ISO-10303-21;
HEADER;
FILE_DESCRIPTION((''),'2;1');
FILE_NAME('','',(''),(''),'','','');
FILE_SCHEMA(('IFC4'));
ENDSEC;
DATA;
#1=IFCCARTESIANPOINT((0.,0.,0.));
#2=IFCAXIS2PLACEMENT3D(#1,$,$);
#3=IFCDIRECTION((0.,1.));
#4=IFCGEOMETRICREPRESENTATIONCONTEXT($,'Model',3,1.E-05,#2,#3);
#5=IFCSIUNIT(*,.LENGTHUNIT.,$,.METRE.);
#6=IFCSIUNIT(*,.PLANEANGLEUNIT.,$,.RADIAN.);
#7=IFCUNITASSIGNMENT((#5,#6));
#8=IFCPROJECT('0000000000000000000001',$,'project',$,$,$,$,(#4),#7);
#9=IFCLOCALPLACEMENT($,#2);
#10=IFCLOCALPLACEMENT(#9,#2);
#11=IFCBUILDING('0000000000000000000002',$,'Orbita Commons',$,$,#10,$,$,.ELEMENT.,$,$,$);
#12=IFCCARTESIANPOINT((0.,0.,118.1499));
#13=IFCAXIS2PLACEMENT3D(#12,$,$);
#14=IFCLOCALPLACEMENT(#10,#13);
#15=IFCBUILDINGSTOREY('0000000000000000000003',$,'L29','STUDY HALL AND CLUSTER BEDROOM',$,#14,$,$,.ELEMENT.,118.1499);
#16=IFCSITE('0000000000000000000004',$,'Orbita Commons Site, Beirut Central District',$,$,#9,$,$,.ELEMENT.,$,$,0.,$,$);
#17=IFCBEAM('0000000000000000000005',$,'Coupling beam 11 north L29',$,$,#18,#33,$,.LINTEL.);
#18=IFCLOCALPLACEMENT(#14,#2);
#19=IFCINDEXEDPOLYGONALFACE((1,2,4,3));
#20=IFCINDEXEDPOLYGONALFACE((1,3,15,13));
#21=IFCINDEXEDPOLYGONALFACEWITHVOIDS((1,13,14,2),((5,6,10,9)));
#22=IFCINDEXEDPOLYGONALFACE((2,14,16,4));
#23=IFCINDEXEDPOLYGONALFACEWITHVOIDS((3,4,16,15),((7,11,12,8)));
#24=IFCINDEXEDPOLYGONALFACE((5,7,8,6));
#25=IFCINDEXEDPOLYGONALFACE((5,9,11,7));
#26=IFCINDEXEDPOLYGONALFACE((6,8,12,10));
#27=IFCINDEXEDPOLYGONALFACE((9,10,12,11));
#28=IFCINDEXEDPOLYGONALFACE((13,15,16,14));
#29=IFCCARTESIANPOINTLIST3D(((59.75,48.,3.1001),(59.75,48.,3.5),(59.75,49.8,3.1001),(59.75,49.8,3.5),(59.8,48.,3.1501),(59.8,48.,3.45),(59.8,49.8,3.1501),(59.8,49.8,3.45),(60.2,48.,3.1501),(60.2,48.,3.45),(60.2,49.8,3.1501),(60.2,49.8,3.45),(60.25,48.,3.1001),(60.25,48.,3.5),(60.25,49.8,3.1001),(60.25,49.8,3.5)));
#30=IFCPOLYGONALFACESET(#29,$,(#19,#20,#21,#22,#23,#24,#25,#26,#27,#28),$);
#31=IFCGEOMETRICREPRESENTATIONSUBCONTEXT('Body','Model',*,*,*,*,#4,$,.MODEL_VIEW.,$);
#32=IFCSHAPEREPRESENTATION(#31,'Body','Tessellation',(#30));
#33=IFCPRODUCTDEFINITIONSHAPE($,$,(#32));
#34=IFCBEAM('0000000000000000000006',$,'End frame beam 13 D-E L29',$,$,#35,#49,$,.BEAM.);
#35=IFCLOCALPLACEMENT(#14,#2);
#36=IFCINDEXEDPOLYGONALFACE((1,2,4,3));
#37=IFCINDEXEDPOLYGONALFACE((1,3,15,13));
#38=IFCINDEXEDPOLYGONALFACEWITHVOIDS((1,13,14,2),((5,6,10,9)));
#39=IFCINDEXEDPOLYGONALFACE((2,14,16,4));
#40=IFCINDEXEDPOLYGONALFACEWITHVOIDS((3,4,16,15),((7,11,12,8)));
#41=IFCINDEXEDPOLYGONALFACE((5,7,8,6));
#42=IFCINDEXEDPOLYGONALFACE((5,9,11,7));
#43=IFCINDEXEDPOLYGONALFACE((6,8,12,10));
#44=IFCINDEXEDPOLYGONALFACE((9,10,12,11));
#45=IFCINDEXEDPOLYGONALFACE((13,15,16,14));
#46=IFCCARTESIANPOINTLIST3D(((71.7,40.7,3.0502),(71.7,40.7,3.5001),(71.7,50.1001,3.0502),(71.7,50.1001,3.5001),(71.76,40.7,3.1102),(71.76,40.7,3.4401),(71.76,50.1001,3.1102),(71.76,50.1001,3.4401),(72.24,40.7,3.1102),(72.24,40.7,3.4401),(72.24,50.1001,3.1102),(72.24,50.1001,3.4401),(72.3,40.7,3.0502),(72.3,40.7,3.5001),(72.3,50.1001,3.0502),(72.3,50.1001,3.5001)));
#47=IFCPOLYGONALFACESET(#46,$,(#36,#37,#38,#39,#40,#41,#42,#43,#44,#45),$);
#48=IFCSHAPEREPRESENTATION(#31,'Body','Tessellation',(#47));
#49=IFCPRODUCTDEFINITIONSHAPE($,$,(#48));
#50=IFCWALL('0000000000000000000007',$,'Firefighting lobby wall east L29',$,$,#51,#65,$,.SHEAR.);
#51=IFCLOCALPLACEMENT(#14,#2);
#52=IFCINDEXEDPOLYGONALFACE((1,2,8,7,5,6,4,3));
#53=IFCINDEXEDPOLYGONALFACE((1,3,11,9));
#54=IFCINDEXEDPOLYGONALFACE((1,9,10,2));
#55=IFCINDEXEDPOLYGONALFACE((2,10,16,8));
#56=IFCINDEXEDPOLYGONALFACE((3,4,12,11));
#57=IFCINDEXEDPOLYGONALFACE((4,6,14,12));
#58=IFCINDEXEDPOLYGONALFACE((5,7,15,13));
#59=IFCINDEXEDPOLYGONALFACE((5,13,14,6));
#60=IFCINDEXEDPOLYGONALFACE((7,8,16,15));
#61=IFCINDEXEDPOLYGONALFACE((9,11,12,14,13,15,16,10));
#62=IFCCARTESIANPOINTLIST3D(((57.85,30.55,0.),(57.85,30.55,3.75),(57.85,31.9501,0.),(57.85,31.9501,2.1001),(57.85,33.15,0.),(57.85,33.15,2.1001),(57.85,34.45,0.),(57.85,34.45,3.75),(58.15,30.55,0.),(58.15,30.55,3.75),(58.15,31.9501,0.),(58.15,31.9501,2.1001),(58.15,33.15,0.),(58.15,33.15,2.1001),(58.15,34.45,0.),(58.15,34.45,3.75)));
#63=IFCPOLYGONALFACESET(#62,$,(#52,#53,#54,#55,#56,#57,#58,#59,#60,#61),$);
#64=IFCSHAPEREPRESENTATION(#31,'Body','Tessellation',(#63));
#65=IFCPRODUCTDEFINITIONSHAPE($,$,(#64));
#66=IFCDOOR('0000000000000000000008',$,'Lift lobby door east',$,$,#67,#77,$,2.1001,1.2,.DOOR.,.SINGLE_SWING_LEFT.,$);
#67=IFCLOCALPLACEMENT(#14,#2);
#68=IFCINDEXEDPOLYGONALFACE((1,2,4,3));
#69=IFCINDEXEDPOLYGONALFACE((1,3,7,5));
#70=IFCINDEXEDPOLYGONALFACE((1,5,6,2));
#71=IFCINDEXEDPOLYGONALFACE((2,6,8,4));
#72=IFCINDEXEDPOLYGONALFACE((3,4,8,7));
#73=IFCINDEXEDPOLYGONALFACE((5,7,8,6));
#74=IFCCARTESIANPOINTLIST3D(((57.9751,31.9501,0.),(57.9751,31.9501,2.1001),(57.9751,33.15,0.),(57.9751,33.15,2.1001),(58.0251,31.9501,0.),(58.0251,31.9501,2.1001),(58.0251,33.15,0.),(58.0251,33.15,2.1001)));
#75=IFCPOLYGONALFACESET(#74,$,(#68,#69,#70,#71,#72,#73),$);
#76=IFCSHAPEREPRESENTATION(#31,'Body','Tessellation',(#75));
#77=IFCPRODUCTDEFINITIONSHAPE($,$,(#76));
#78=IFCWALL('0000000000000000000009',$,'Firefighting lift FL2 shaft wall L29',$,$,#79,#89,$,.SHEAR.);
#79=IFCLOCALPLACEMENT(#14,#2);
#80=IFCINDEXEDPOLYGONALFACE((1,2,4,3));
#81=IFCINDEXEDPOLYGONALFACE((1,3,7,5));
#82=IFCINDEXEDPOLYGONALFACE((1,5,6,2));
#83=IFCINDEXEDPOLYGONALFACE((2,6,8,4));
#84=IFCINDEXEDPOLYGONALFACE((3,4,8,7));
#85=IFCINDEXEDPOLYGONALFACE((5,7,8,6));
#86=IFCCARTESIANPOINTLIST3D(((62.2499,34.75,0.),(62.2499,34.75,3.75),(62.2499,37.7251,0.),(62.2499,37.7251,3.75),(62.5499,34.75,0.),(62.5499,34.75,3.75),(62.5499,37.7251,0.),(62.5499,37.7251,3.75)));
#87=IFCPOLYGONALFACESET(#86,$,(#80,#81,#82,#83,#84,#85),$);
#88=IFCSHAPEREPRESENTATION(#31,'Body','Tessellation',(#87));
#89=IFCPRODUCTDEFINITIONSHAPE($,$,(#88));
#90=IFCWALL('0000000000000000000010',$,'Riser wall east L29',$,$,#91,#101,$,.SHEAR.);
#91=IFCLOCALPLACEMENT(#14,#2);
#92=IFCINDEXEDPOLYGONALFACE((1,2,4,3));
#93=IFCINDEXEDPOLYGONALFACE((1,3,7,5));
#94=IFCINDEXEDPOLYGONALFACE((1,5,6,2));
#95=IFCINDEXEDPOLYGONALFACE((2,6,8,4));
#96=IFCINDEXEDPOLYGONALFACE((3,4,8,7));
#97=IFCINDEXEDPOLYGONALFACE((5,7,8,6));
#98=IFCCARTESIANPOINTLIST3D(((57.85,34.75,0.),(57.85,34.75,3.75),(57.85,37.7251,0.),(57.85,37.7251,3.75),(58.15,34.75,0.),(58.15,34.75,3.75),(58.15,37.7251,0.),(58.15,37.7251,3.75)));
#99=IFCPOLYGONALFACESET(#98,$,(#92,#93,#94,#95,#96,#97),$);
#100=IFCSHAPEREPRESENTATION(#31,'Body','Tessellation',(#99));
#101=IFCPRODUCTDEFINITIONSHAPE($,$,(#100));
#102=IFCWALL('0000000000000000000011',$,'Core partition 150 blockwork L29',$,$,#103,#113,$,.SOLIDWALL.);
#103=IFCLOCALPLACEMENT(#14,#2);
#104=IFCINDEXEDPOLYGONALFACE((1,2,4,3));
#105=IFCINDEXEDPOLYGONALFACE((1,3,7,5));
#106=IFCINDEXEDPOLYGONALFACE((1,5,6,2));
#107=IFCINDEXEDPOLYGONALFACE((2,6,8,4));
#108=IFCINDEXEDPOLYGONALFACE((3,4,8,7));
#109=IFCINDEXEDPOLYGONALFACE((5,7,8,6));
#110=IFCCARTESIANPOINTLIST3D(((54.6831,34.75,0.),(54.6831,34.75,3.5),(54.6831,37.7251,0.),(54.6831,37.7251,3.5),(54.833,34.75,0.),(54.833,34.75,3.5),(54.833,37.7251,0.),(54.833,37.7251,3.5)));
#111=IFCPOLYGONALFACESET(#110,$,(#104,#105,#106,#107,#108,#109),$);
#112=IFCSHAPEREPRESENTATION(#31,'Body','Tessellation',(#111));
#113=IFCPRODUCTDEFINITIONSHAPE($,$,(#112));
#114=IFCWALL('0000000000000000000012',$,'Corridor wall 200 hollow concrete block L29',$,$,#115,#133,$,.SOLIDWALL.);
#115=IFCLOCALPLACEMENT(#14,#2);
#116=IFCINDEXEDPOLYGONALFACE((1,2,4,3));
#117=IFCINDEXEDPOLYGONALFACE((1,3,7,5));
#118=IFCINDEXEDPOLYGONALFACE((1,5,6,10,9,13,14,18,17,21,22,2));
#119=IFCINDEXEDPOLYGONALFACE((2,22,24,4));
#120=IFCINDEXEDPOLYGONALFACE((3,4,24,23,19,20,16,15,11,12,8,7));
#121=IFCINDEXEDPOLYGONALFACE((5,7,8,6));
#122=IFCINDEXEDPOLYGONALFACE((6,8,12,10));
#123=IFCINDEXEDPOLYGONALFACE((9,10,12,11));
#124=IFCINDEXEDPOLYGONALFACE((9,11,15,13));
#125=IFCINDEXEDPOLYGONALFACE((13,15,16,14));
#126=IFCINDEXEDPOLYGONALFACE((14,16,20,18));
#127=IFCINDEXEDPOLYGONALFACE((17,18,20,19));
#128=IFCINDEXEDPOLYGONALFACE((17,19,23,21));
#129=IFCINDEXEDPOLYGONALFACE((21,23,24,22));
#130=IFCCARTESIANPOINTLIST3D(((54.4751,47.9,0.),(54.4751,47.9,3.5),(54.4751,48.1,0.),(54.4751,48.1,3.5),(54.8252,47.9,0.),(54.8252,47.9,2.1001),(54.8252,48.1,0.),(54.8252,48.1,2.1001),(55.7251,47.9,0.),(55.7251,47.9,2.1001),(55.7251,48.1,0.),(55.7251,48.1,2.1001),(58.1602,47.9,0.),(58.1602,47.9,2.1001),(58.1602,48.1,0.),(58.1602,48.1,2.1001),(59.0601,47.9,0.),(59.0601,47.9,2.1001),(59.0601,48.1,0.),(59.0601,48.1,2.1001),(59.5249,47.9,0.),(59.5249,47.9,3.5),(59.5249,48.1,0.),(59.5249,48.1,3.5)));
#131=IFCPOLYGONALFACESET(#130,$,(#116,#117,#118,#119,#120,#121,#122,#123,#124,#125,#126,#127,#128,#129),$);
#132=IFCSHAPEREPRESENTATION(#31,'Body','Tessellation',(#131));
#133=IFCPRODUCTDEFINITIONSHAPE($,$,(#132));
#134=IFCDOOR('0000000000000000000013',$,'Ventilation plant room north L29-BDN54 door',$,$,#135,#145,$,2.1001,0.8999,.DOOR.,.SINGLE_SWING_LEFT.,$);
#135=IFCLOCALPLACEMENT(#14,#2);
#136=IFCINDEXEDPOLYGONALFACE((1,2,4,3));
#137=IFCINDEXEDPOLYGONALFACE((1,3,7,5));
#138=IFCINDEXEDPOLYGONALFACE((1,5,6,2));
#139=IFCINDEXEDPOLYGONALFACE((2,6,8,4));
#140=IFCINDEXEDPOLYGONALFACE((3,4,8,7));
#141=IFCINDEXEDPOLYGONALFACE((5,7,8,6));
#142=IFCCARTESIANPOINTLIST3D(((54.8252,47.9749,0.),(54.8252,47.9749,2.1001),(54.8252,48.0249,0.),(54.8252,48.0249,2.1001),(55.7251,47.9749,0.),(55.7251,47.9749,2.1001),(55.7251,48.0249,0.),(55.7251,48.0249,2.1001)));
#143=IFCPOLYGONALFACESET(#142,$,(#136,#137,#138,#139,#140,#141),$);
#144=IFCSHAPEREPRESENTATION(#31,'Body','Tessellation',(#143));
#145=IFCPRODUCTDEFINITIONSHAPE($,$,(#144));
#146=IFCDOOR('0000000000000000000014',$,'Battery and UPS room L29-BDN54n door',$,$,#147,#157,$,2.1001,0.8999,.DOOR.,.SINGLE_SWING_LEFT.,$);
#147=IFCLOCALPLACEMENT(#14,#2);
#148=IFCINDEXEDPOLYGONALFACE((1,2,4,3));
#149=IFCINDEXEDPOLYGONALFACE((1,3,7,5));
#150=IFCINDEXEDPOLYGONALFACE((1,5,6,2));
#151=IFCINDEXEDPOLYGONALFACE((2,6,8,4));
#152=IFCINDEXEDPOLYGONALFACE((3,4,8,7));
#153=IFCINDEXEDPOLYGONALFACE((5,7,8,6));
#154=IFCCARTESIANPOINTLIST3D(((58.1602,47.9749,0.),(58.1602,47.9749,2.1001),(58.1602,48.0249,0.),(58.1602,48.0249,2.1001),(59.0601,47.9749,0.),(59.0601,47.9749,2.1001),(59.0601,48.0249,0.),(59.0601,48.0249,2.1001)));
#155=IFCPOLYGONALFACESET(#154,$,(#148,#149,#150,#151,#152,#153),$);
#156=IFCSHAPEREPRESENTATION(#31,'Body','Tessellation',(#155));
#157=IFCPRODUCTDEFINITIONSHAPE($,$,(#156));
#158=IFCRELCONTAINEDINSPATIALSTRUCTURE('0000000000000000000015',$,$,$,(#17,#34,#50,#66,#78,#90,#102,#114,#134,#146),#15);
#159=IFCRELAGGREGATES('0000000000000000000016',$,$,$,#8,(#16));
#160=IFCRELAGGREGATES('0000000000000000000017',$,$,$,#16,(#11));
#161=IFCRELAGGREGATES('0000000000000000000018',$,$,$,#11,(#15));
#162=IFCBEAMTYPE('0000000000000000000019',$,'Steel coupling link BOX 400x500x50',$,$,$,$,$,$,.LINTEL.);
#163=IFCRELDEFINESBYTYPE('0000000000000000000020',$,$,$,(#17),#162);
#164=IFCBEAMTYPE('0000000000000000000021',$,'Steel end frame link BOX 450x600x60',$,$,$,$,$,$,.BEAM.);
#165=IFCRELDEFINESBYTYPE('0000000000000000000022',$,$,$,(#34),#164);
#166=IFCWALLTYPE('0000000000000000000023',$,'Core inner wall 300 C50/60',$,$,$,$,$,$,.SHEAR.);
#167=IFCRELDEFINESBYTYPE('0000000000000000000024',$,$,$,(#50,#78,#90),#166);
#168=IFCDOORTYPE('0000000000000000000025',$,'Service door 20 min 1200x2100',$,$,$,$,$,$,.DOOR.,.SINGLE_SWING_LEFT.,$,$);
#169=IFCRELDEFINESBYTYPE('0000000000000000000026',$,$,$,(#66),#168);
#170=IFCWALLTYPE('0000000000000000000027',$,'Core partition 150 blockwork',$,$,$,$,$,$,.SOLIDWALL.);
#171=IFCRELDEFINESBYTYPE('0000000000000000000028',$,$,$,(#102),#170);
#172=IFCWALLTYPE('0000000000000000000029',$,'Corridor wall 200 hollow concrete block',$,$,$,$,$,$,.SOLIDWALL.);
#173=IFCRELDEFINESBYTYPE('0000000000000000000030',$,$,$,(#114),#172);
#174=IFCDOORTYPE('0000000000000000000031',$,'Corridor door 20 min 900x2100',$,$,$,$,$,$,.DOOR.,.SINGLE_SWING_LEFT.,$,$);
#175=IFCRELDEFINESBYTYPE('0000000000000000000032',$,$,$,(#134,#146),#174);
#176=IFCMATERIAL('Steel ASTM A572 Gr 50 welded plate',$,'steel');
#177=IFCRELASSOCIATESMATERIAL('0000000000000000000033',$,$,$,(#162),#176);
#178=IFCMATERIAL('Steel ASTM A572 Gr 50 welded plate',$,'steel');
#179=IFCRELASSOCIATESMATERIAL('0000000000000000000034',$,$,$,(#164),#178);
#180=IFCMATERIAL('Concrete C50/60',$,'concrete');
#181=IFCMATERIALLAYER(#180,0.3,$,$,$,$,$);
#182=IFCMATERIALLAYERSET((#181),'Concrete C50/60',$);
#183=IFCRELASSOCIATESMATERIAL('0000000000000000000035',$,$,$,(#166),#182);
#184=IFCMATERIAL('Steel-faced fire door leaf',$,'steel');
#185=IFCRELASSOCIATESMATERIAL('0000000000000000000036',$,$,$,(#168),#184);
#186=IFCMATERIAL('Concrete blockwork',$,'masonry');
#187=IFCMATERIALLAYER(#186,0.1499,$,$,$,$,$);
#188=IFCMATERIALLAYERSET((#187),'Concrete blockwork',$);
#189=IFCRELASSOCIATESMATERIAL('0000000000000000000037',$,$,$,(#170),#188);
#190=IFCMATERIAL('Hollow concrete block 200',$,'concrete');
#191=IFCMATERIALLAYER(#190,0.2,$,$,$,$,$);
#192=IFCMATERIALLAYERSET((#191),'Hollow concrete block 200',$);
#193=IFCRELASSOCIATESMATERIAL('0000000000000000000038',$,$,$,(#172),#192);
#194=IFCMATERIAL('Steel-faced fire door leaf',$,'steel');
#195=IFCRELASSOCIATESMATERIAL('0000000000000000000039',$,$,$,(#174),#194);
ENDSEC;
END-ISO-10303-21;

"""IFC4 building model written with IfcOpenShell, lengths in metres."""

from ifc_helpers import new_model, si_unit, direction, frame, frame_2d, origin, origin_2d, place, context, subcontext, project, spatial, rectangle, hollow_rectangle, extrude, material, layer, layer_set, material_profile, profile_set, type_object, element, fill, save


model = new_model("IFC4")

# Units and contexts
model_context = context("Model", 3, precision=1e-05, world=origin(), true_north=direction((0.0, 1.0)))
body_context = subcontext(model_context, "Body", "Model", "MODEL_VIEW")
ifc_project = project(units=[si_unit("LENGTHUNIT", "METRE"), si_unit("PLANEANGLEUNIT", "RADIAN")], contexts=[model_context])

# Site, building, storey
site_placement = place(None, origin())
site = spatial("IfcSite", under=ifc_project, at=site_placement, Name="Orbita Commons Site, Beirut Central District", CompositionType="ELEMENT", RefElevation=0.0)
building_placement = place(site_placement, origin())
building = spatial("IfcBuilding", under=site, at=building_placement, Name="Orbita Commons", CompositionType="ELEMENT")
storey_placement = place(building_placement, frame((0.0, 0.0, 118.1499)))
storey = spatial("IfcBuildingStorey", under=building, at=storey_placement, Name="L29", Description="STUDY HALL AND CLUSTER BEDROOM", CompositionType="ELEMENT", Elevation=118.1499)

# Beams
ifc_material_1 = material(Name="Steel ASTM A572 Gr 50 welded plate", Category="steel")
ifc_material_profile_1 = material_profile(ifc_material_1, hollow_rectangle(XDim=0.5, YDim=0.3999, WallThickness=0.05, at=origin_2d()), Name="BOX 400x500x50")
ifc_profile_set_1 = profile_set([ifc_material_profile_1], Name="Steel ASTM A572 Gr 50 welded plate")
beam_type_1 = type_object("IfcBeamType", Name="Steel coupling link BOX 400x500x50", PredefinedType="LINTEL", material=ifc_profile_set_1)
beam_1_placement = place(storey_placement, frame((60.0, 48.0, 3.3), z_axis=(0.0, 1.0, 0.0), x_axis=(-1.0, 0.0, 0.0)))
element("IfcBeam", 1, at=beam_1_placement, inside=storey, type_object=beam_type_1, Name="Coupling beam 11 north L29", PredefinedType="LINTEL", context=body_context, shape_type="SweptSolid", body=[
    extrude(hollow_rectangle(XDim=0.5, YDim=0.3999, WallThickness=0.05, at=origin_2d()), origin(), (0.0, 0.0, 1.0), 1.8),
])
ifc_material_2 = material(Name="Steel ASTM A572 Gr 50 welded plate", Category="steel")
ifc_material_profile_2 = material_profile(ifc_material_2, hollow_rectangle(XDim=0.6001, YDim=0.45, WallThickness=0.0601, at=origin_2d()), Name="BOX 450x600x60")
ifc_profile_set_2 = profile_set([ifc_material_profile_2], Name="Steel ASTM A572 Gr 50 welded plate")
beam_type_2 = type_object("IfcBeamType", Name="Steel end frame link BOX 450x600x60", PredefinedType="BEAM", material=ifc_profile_set_2)
beam_2_placement = place(storey_placement, frame((72.0, 40.7, 3.2751), z_axis=(0.0, 1.0, 0.0), x_axis=(-1.0, 0.0, 0.0)))
element("IfcBeam", 2, at=beam_2_placement, inside=storey, type_object=beam_type_2, Name="End frame beam 13 D-E L29", PredefinedType="BEAM", context=body_context, shape_type="SweptSolid", body=[
    extrude(hollow_rectangle(XDim=0.6001, YDim=0.45, WallThickness=0.0601, at=origin_2d()), origin(), (0.0, 0.0, 1.0), 9.4001),
])

# Wall, opening, door
ifc_material_3 = material(Name="Concrete C50/60", Category="concrete")
ifc_layer_1 = layer(ifc_material_3, 0.3)
ifc_layer_set_1 = layer_set([ifc_layer_1], Name="Concrete C50/60")
wall_type_1 = type_object("IfcWallType", Name="Core inner wall 300 C50/60", PredefinedType="SHEAR", material=ifc_layer_set_1)
wall_1_placement = place(storey_placement, frame((58.0, 30.55, 0.0), z_axis=(0.0, 0.0, 1.0), x_axis=(0.0, 1.0, 0.0)))
wall_1 = element("IfcWall", 3, at=wall_1_placement, inside=storey, type_object=wall_type_1, Name="Firefighting lobby wall east L29", PredefinedType="SHEAR", context=body_context, shape_type="SweptSolid", body=[
    extrude(rectangle(XDim=3.8999, YDim=0.3, at=frame_2d((1.95, 0.0))), origin(), (0.0, 0.0, 1.0), 3.75),
])
opening_1_placement = place(wall_1_placement, frame((1.3999, 0.0, 0.0)))
opening_1 = element("IfcOpeningElement", 4, at=opening_1_placement, cuts=wall_1, PredefinedType="OPENING", context=body_context, shape_type="SweptSolid", body=[
    extrude(rectangle(XDim=1.2, YDim=2.1001, at=frame_2d((0.6001, 1.05))), frame((0.0, 0.1599, 0.0), z_axis=(0.0, -1.0, 0.0), x_axis=(1.0, 0.0, 0.0)), (0.0, 0.0, 1.0), 0.3201),
])
ifc_material_4 = material(Name="Steel-faced fire door leaf", Category="steel")
door_type_1 = type_object("IfcDoorType", Name="Service door 20 min 1200x2100", OperationType="SINGLE_SWING_LEFT", PredefinedType="DOOR", material=ifc_material_4)
door_1_placement = place(opening_1_placement, origin())
door_1 = element("IfcDoor", 5, at=door_1_placement, inside=storey, type_object=door_type_1, Name="Lift lobby door east", OperationType="SINGLE_SWING_LEFT", OverallHeight=2.1001, OverallWidth=1.2, PredefinedType="DOOR", context=body_context, shape_type="SweptSolid", body=[
    extrude(rectangle(XDim=1.2, YDim=2.1001, at=frame_2d((0.6001, 1.05))), frame((0.0, 0.0249, 0.0), z_axis=(0.0, -1.0, 0.0), x_axis=(1.0, 0.0, 0.0)), (0.0, 0.0, 1.0), 0.05),
])
fill(opening_1, door_1)

# Walls
for number, where, z_axis, x_axis, name in (
    (6, (62.3999, 34.75, 0.0), (0.0, 0.0, 1.0), (0.0, 1.0, 0.0), "Firefighting lift FL2 shaft wall L29"),
    (7, (58.0, 34.75, 0.0), (0.0, 0.0, 1.0), (0.0, 1.0, 0.0), "Riser wall east L29"),
):
    element("IfcWall", number, at=place(storey_placement, frame(where, z_axis=z_axis, x_axis=x_axis)), inside=storey, type_object=wall_type_1, Name=name, PredefinedType="SHEAR", context=body_context, shape_type="SweptSolid", body=[
        extrude(rectangle(XDim=2.9751, YDim=0.3, at=frame_2d((1.4875, 0.0))), origin(), (0.0, 0.0, 1.0), 3.75),
    ])
ifc_material_5 = material(Name="Concrete blockwork", Category="masonry")
ifc_layer_2 = layer(ifc_material_5, 0.1499)
ifc_layer_set_2 = layer_set([ifc_layer_2], Name="Concrete blockwork")
wall_type_2 = type_object("IfcWallType", Name="Core partition 150 blockwork", PredefinedType="SOLIDWALL", material=ifc_layer_set_2)
wall_2_placement = place(storey_placement, frame((54.7581, 34.75, 0.0), z_axis=(0.0, 0.0, 1.0), x_axis=(0.0, 1.0, 0.0)))
element("IfcWall", 8, at=wall_2_placement, inside=storey, type_object=wall_type_2, Name="Core partition 150 blockwork L29", PredefinedType="SOLIDWALL", context=body_context, shape_type="SweptSolid", body=[
    extrude(rectangle(XDim=2.9751, YDim=0.1499, at=frame_2d((1.4875, 0.0))), origin(), (0.0, 0.0, 1.0), 3.5),
])

# Wall, openings, doors
ifc_material_6 = material(Name="Hollow concrete block 200", Category="concrete")
ifc_layer_3 = layer(ifc_material_6, 0.2)
ifc_layer_set_3 = layer_set([ifc_layer_3], Name="Hollow concrete block 200")
wall_type_3 = type_object("IfcWallType", Name="Corridor wall 200 hollow concrete block", PredefinedType="SOLIDWALL", material=ifc_layer_set_3)
wall_3_placement = place(storey_placement, frame((54.4751, 48.0, 0.0), z_axis=(0.0, 0.0, 1.0), x_axis=(1.0, 0.0, 0.0)))
wall_3 = element("IfcWall", 9, at=wall_3_placement, inside=storey, type_object=wall_type_3, Name="Corridor wall 200 hollow concrete block L29", PredefinedType="SOLIDWALL", context=body_context, shape_type="SweptSolid", body=[
    extrude(rectangle(XDim=5.0498, YDim=0.2, at=frame_2d((2.5249, 0.0))), origin(), (0.0, 0.0, 1.0), 3.5),
])
opening_2_placement = place(wall_3_placement, frame((0.3501, 0.0, 0.0)))
opening_2 = element("IfcOpeningElement", 10, at=opening_2_placement, cuts=wall_3, PredefinedType="OPENING", context=body_context, shape_type="SweptSolid", body=[
    extrude(rectangle(XDim=0.8999, YDim=2.1001, at=frame_2d((0.45, 1.05))), frame((0.0, 0.1099, 0.0), z_axis=(0.0, -1.0, 0.0), x_axis=(1.0, 0.0, 0.0)), (0.0, 0.0, 1.0), 0.22),
])
opening_3_placement = place(wall_3_placement, frame((3.6851, 0.0, 0.0)))
opening_3 = element("IfcOpeningElement", 11, at=opening_3_placement, cuts=wall_3, PredefinedType="OPENING", context=body_context, shape_type="SweptSolid", body=[
    extrude(rectangle(XDim=0.8999, YDim=2.1001, at=frame_2d((0.45, 1.05))), frame((0.0, 0.1099, 0.0), z_axis=(0.0, -1.0, 0.0), x_axis=(1.0, 0.0, 0.0)), (0.0, 0.0, 1.0), 0.22),
])
ifc_material_7 = material(Name="Steel-faced fire door leaf", Category="steel")
door_type_2 = type_object("IfcDoorType", Name="Corridor door 20 min 900x2100", OperationType="SINGLE_SWING_LEFT", PredefinedType="DOOR", material=ifc_material_7)
door_2_placement = place(opening_2_placement, origin())
door_2 = element("IfcDoor", 12, at=door_2_placement, inside=storey, type_object=door_type_2, Name="Ventilation plant room north L29-BDN54 door", OperationType="SINGLE_SWING_LEFT", OverallHeight=2.1001, OverallWidth=0.8999, PredefinedType="DOOR", context=body_context, shape_type="SweptSolid", body=[
    extrude(rectangle(XDim=0.8999, YDim=2.1001, at=frame_2d((0.45, 1.05))), frame((0.0, 0.0249, 0.0), z_axis=(0.0, -1.0, 0.0), x_axis=(1.0, 0.0, 0.0)), (0.0, 0.0, 1.0), 0.05),
])
fill(opening_2, door_2)
door_3_placement = place(opening_3_placement, origin())
door_3 = element("IfcDoor", 13, at=door_3_placement, inside=storey, type_object=door_type_2, Name="Battery and UPS room L29-BDN54n door", OperationType="SINGLE_SWING_LEFT", OverallHeight=2.1001, OverallWidth=0.8999, PredefinedType="DOOR", context=body_context, shape_type="SweptSolid", body=[
    extrude(rectangle(XDim=0.8999, YDim=2.1001, at=frame_2d((0.45, 1.05))), frame((0.0, 0.0249, 0.0), z_axis=(0.0, -1.0, 0.0), x_axis=(1.0, 0.0, 0.0)), (0.0, 0.0, 1.0), 0.05),
])
fill(opening_3, door_3)

save(model, "model.ifc")
